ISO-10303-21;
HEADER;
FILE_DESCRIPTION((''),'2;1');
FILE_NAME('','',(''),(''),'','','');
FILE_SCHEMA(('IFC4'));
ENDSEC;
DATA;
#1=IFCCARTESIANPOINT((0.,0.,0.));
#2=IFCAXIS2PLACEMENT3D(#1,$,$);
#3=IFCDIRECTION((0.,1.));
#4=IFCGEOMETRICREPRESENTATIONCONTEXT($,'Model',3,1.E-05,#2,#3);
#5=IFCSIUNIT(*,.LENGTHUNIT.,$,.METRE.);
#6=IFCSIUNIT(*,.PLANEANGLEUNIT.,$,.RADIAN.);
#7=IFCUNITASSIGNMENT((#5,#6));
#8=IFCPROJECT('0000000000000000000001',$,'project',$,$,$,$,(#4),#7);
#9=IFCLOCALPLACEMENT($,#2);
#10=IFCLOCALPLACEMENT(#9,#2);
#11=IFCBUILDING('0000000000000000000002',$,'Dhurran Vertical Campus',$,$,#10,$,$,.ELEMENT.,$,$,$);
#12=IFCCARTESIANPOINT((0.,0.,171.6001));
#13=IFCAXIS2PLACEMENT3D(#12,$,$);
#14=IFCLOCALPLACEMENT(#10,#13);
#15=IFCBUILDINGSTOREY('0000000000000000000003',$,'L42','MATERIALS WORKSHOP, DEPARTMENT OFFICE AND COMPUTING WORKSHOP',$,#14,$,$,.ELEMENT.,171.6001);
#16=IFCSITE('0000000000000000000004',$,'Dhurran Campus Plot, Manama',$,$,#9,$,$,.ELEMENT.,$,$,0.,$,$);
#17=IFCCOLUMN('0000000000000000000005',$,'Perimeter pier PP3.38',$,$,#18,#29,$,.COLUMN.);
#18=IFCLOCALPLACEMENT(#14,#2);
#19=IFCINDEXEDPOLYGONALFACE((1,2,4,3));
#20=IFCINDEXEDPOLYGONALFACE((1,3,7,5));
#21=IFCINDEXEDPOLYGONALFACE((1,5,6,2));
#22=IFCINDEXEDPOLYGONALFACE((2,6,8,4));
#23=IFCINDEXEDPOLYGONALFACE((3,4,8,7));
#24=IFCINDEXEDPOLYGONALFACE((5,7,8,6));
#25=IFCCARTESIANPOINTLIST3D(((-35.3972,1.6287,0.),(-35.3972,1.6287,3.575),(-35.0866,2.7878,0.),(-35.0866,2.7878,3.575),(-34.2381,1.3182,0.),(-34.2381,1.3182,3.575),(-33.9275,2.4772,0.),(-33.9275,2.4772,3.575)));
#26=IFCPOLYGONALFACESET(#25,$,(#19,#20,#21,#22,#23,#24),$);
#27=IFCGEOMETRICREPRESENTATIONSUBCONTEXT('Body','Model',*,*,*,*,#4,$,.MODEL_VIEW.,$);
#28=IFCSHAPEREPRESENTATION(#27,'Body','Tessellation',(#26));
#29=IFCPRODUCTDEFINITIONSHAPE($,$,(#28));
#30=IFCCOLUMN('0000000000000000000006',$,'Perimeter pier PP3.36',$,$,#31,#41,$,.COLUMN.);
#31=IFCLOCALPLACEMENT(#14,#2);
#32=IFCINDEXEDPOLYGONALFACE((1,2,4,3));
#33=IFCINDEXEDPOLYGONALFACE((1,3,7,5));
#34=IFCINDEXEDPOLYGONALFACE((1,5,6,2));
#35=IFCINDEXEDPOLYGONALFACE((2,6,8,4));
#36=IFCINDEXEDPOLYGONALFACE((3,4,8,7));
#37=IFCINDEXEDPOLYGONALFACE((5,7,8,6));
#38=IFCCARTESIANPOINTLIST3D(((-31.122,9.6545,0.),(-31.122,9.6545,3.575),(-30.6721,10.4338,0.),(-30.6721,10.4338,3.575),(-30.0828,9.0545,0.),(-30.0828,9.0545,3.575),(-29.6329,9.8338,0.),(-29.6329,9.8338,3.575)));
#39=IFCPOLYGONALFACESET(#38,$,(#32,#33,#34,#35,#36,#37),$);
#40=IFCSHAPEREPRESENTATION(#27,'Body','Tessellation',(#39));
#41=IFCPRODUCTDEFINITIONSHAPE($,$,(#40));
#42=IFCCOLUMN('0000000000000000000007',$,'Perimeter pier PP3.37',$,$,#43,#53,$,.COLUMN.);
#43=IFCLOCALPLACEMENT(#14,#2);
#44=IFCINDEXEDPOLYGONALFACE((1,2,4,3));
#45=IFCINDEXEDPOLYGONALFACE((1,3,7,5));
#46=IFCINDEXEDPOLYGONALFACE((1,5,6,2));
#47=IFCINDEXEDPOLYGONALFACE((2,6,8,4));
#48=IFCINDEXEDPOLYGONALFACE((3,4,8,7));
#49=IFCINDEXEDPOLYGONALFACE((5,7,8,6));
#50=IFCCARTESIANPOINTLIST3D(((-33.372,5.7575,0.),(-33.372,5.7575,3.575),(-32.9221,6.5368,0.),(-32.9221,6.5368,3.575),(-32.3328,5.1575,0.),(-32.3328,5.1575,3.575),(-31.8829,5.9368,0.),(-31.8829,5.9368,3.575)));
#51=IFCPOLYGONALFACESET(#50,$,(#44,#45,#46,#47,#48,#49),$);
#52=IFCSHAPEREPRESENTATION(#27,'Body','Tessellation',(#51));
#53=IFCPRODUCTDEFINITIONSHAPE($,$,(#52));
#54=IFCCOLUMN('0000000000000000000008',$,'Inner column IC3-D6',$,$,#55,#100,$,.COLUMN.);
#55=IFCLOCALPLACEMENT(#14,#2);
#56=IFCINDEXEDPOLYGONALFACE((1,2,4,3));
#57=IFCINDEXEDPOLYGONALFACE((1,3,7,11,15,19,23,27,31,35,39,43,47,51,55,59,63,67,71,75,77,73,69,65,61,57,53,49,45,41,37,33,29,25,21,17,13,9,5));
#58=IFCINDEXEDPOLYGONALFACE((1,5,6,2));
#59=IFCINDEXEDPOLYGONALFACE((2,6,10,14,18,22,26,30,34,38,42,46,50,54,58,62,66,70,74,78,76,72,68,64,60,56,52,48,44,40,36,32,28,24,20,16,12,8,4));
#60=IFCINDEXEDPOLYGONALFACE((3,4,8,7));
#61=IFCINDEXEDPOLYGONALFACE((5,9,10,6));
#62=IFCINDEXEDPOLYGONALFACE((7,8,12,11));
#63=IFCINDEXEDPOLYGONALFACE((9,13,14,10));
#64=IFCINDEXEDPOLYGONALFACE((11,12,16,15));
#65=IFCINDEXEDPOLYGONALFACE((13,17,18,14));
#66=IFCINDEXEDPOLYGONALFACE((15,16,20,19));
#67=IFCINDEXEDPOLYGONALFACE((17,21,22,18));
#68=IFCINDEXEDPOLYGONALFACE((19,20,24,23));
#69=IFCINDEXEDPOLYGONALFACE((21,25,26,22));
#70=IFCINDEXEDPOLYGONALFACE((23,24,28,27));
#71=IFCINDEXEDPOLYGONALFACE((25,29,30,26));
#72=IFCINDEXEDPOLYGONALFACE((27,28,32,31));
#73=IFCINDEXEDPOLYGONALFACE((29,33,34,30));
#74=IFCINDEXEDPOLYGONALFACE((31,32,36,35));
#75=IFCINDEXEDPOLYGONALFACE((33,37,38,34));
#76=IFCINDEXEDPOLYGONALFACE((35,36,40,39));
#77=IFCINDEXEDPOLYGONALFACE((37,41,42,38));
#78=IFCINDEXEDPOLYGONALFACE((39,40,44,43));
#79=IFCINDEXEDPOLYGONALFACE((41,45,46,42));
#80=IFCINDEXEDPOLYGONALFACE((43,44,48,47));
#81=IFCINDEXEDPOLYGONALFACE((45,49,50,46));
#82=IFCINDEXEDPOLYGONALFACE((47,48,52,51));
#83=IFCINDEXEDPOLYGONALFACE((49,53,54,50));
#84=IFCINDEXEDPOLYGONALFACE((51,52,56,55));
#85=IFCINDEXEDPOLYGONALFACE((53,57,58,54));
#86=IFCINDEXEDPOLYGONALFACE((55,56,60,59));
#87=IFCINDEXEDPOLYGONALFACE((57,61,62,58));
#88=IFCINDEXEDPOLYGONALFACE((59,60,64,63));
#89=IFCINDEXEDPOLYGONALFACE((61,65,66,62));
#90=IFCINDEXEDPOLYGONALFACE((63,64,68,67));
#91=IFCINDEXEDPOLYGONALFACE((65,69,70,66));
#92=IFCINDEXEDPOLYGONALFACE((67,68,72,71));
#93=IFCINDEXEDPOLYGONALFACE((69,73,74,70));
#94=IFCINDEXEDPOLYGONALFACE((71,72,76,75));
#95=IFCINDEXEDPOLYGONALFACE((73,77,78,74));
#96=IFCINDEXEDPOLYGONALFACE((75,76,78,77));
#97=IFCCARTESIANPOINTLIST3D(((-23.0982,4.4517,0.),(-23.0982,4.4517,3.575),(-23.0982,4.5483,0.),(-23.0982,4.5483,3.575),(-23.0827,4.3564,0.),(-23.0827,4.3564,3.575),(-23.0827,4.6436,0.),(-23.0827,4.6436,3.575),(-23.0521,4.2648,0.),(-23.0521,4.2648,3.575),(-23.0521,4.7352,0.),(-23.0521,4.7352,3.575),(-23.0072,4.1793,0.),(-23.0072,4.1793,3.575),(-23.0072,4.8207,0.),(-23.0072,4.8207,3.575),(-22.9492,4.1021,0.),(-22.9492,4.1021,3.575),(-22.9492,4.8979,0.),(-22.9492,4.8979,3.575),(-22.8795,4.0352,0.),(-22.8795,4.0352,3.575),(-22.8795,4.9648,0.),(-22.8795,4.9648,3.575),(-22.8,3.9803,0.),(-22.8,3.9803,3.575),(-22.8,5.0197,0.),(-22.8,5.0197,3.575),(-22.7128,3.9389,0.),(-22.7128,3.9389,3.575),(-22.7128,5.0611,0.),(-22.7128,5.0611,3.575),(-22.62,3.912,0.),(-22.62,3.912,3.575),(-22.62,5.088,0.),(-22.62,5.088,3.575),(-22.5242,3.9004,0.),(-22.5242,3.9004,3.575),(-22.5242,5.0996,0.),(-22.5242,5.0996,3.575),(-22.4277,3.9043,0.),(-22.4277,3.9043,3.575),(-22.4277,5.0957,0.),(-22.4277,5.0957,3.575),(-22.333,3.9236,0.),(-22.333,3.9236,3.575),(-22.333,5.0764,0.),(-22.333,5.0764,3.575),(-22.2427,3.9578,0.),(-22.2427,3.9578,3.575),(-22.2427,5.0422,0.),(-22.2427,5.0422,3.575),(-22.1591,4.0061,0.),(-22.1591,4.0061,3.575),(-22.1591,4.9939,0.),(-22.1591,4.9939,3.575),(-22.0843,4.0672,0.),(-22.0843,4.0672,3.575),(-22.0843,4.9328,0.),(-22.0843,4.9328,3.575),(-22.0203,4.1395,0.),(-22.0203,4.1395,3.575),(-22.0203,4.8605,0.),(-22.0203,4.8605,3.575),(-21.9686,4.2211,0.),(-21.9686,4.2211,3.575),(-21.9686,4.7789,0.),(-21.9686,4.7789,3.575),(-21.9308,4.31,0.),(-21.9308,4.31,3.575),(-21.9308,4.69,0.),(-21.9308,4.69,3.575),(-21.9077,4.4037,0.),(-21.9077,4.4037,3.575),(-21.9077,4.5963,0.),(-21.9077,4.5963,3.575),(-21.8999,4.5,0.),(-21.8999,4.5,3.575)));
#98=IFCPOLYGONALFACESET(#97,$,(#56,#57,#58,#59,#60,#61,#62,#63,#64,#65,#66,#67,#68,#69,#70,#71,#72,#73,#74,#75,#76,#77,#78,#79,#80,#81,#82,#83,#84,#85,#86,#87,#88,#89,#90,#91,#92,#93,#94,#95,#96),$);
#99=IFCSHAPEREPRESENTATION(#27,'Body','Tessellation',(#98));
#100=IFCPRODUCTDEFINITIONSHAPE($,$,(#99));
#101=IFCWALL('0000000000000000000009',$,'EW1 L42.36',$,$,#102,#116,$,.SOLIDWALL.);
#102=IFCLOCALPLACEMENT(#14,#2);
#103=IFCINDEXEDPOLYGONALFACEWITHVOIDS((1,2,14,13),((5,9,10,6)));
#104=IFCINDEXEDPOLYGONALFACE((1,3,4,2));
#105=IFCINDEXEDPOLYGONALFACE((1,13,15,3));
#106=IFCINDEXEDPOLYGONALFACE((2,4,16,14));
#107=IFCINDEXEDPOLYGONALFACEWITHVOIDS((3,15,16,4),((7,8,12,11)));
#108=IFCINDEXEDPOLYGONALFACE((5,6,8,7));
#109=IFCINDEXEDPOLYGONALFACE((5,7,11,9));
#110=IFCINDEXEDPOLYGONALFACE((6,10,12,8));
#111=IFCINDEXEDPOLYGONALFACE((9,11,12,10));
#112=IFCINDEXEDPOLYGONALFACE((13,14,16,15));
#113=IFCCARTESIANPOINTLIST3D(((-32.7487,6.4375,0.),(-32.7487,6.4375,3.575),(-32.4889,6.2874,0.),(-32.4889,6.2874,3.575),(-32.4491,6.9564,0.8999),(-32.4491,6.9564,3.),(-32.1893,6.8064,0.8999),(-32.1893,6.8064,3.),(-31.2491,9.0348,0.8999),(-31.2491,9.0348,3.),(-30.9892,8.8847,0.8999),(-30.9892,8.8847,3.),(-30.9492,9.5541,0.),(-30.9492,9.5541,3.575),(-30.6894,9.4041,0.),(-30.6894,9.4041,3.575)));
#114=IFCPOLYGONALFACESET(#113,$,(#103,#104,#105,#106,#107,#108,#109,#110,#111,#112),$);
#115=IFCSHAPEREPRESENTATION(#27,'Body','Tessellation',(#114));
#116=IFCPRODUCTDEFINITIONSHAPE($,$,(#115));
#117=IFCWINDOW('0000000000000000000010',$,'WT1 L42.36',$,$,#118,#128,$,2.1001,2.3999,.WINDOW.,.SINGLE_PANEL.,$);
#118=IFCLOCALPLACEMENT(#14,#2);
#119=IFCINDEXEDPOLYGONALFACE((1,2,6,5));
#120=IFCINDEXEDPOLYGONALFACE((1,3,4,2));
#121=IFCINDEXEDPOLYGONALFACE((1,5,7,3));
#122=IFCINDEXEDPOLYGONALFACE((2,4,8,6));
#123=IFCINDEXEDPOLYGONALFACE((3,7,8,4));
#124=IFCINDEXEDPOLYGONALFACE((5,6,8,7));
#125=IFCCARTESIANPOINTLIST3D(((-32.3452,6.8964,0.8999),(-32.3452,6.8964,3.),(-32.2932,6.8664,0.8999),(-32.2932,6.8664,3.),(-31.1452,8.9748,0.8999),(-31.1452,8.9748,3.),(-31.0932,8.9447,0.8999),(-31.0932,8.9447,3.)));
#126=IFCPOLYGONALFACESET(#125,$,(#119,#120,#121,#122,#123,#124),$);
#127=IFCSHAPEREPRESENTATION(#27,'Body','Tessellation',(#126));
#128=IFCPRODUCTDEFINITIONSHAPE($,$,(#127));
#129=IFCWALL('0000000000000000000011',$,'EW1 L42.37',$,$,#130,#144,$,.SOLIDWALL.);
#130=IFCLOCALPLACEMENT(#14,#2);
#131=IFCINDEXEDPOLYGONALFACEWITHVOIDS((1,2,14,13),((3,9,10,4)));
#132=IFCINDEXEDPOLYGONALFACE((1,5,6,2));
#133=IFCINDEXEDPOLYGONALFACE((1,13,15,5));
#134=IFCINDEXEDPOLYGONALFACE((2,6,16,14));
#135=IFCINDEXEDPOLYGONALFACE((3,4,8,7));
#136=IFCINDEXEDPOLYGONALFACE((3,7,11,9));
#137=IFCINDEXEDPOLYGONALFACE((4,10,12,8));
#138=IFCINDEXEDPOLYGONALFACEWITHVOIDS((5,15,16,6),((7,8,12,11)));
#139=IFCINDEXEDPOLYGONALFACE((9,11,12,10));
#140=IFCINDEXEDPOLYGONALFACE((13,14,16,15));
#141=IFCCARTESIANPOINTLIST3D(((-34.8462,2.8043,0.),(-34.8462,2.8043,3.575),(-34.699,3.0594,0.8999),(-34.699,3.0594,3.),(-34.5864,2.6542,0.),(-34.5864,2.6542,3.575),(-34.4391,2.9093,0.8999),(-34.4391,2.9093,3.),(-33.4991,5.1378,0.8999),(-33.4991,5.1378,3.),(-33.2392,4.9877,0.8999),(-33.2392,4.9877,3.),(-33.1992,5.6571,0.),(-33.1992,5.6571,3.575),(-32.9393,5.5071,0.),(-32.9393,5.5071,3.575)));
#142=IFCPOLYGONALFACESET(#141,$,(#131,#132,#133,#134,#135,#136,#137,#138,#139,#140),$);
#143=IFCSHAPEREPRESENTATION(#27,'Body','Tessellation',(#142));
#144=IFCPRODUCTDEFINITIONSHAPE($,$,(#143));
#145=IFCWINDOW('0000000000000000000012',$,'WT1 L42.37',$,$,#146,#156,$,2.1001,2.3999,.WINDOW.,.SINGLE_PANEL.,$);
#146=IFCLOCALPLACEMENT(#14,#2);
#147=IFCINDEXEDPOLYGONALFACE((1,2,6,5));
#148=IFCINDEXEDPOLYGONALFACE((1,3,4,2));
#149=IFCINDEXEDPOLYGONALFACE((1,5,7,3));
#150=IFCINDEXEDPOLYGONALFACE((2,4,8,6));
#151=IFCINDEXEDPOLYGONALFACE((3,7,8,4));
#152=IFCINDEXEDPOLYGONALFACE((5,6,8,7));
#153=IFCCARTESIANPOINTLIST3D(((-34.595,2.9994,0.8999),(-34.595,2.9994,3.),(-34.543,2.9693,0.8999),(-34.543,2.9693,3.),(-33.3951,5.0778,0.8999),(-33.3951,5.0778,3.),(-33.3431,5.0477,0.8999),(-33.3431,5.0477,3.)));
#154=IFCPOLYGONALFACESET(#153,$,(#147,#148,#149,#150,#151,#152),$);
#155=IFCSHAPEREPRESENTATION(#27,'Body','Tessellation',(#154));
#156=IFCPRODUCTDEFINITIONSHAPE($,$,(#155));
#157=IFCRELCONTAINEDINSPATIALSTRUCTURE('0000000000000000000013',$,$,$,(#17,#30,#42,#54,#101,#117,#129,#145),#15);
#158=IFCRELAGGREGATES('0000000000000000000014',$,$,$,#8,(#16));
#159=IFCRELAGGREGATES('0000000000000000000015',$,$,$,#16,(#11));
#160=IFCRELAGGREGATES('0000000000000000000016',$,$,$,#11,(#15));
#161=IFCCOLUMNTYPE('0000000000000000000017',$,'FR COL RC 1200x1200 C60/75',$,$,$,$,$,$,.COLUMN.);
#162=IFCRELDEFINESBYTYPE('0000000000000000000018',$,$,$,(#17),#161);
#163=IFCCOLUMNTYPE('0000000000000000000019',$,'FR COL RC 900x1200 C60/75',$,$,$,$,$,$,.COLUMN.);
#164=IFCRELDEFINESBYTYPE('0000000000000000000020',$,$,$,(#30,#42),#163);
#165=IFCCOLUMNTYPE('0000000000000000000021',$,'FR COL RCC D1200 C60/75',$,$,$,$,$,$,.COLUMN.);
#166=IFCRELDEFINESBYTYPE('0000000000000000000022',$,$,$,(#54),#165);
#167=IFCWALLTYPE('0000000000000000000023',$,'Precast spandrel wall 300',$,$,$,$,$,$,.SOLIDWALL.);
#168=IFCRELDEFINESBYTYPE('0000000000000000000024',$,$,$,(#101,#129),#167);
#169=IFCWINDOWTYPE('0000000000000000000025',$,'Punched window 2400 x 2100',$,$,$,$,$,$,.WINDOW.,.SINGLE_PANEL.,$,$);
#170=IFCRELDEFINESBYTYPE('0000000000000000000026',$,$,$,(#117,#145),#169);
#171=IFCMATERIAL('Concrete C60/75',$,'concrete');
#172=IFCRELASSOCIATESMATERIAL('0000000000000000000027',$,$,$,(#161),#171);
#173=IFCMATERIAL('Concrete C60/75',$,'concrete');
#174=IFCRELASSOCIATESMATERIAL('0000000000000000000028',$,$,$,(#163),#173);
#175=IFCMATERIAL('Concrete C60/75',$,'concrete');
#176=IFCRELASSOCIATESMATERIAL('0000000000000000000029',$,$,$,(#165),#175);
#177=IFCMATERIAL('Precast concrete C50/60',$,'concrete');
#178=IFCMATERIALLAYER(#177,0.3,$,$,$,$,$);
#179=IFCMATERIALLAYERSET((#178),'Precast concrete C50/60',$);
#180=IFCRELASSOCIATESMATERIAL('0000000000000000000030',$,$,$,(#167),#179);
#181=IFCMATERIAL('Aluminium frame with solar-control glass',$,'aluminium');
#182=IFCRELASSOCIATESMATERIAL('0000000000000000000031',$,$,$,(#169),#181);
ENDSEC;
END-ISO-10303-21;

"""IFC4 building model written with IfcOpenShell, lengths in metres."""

from ifc_helpers import new_model, si_unit, direction, frame, frame_2d, origin, origin_2d, place, context, subcontext, project, spatial, rectangle, circle, extrude, material, layer, layer_set, material_profile, profile_set, type_object, element, fill, save


model = new_model("IFC4")

# Units and contexts
model_context = context("Model", 3, precision=1e-05, world=origin(), true_north=direction((0.0, 1.0)))
body_context = subcontext(model_context, "Body", "Model", "MODEL_VIEW")
ifc_project = project(units=[si_unit("LENGTHUNIT", "METRE"), si_unit("PLANEANGLEUNIT", "RADIAN")], contexts=[model_context])

# Site, building, storey
site_placement = place(None, origin())
site = spatial("IfcSite", under=ifc_project, at=site_placement, Name="Dhurran Campus Plot, Manama", CompositionType="ELEMENT", RefElevation=0.0)
building_placement = place(site_placement, origin())
building = spatial("IfcBuilding", under=site, at=building_placement, Name="Dhurran Vertical Campus", CompositionType="ELEMENT")
storey_placement = place(building_placement, frame((0.0, 0.0, 171.6001)))
storey = spatial("IfcBuildingStorey", under=building, at=storey_placement, Name="L42", Description="MATERIALS WORKSHOP, DEPARTMENT OFFICE AND COMPUTING WORKSHOP", CompositionType="ELEMENT", Elevation=171.6001)

# Columns
ifc_material_1 = material(Name="Concrete C60/75", Category="concrete")
ifc_material_profile_1 = material_profile(ifc_material_1, rectangle(XDim=1.2, YDim=1.2, at=origin_2d()), Name="RC 1200x1200")
ifc_profile_set_1 = profile_set([ifc_material_profile_1], Name="Concrete C60/75")
column_type_1 = type_object("IfcColumnType", Name="FR COL RC 1200x1200 C60/75", PredefinedType="COLUMN", material=ifc_profile_set_1)
column_1_placement = place(storey_placement, frame((-34.6624, 2.053, 0.0), z_axis=(0.0, 0.0, 1.0), x_axis=(-0.258819, -0.965926, 0.0)))
element("IfcColumn", 1, at=column_1_placement, inside=storey, type_object=column_type_1, Name="Perimeter pier PP3.38", PredefinedType="COLUMN", context=body_context, shape_type="SweptSolid", body=[
    extrude(rectangle(XDim=1.2, YDim=1.2, at=origin_2d()), origin(), (0.0, 0.0, 1.0), 3.575),
])
ifc_material_2 = material(Name="Concrete C60/75", Category="concrete")
ifc_material_profile_2 = material_profile(ifc_material_2, rectangle(XDim=0.8999, YDim=1.2, at=origin_2d()), Name="RC 900x1200")
ifc_profile_set_2 = profile_set([ifc_material_profile_2], Name="Concrete C60/75")
column_type_2 = type_object("IfcColumnType", Name="FR COL RC 900x1200 C60/75", PredefinedType="COLUMN", material=ifc_profile_set_2)
for number, where, z_axis, x_axis, name in (
    (2, (-30.3774, 9.7441, 0.0), (0.0, 0.0, 1.0), (-0.5, -0.866025, 0.0), "Perimeter pier PP3.36"),
    (3, (-32.6274, 5.8472, 0.0), (0.0, 0.0, 1.0), (-0.5, -0.866025, 0.0), "Perimeter pier PP3.37"),
):
    element("IfcColumn", number, at=place(storey_placement, frame(where, z_axis=z_axis, x_axis=x_axis)), inside=storey, type_object=column_type_2, Name=name, PredefinedType="COLUMN", context=body_context, shape_type="SweptSolid", body=[
        extrude(rectangle(XDim=0.8999, YDim=1.2, at=origin_2d()), origin(), (0.0, 0.0, 1.0), 3.575),
    ])
ifc_material_3 = material(Name="Concrete C60/75", Category="concrete")
ifc_material_profile_3 = material_profile(ifc_material_3, circle(Radius=0.6001, at=origin_2d()), Name="RCC D1200")
ifc_profile_set_3 = profile_set([ifc_material_profile_3], Name="Concrete C60/75")
column_type_3 = type_object("IfcColumnType", Name="FR COL RCC D1200 C60/75", PredefinedType="COLUMN", material=ifc_profile_set_3)
column_2_placement = place(storey_placement, frame((-22.5, 4.5, 0.0), z_axis=(0.0, 0.0, 1.0), x_axis=(1.0, 0.0, 0.0)))
element("IfcColumn", 4, at=column_2_placement, inside=storey, type_object=column_type_3, Name="Inner column IC3-D6", PredefinedType="COLUMN", context=body_context, shape_type="SweptSolid", body=[
    extrude(circle(Radius=0.6001, at=origin_2d()), origin(), (0.0, 0.0, 1.0), 3.575),
])

# Walls, openings, windows
ifc_material_4 = material(Name="Precast concrete C50/60", Category="concrete")
ifc_layer_1 = layer(ifc_material_4, 0.3)
ifc_layer_set_1 = layer_set([ifc_layer_1], Name="Precast concrete C50/60")
wall_type_1 = type_object("IfcWallType", Name="Precast spandrel wall 300", PredefinedType="SOLIDWALL", material=ifc_layer_set_1)
wall_1_placement = place(storey_placement, frame((-30.8193, 9.479, 0.0), z_axis=(0.0, 0.0, 1.0), x_axis=(-0.500028, -0.866009, 0.0)))
wall_1 = element("IfcWall", 5, at=wall_1_placement, inside=storey, type_object=wall_type_1, Name="EW1 L42.36", PredefinedType="SOLIDWALL", context=body_context, shape_type="SweptSolid", body=[
    extrude(rectangle(XDim=3.5989, YDim=0.3, at=frame_2d((1.7993, 0.0))), origin(), (0.0, 0.0, 1.0), 3.575),
])
opening_1_placement = place(wall_1_placement, frame((0.5996, 0.0, 0.8999)))
opening_1 = element("IfcOpeningElement", 6, at=opening_1_placement, cuts=wall_1, PredefinedType="OPENING", context=body_context, shape_type="SweptSolid", body=[
    extrude(rectangle(XDim=2.3999, YDim=2.1001, at=frame_2d((1.2, 1.05))), frame((0.0, 0.1599, 0.0), z_axis=(0.0, -1.0, 0.0), x_axis=(1.0, 0.0, 0.0)), (0.0, 0.0, 1.0), 0.3201),
])
ifc_material_5 = material(Name="Aluminium frame with solar-control glass", Category="aluminium")
window_type = type_object("IfcWindowType", Name="Punched window 2400 x 2100", PartitioningType="SINGLE_PANEL", PredefinedType="WINDOW", material=ifc_material_5)
window_1_placement = place(opening_1_placement, origin())
window_1 = element("IfcWindow", 7, at=window_1_placement, inside=storey, type_object=window_type, Name="WT1 L42.36", OverallHeight=2.1001, OverallWidth=2.3999, PartitioningType="SINGLE_PANEL", PredefinedType="WINDOW", context=body_context, shape_type="SweptSolid", body=[
    extrude(rectangle(XDim=2.3999, YDim=2.1001, at=frame_2d((1.2, 1.05))), frame((0.0, 0.03, 0.0), z_axis=(0.0, -1.0, 0.0), x_axis=(1.0, 0.0, 0.0)), (0.0, 0.0, 1.0), 0.0601),
])
fill(opening_1, window_1)
wall_2_placement = place(storey_placement, frame((-33.0693, 5.582, 0.0), z_axis=(0.0, 0.0, 1.0), x_axis=(-0.499981, -0.866036, 0.0)))
wall_2 = element("IfcWall", 8, at=wall_2_placement, inside=storey, type_object=wall_type_1, Name="EW1 L42.37", PredefinedType="SOLIDWALL", context=body_context, shape_type="SweptSolid", body=[
    extrude(rectangle(XDim=3.2942, YDim=0.3, at=frame_2d((1.647, 0.0))), origin(), (0.0, 0.0, 1.0), 3.575),
])
opening_2_placement = place(wall_2_placement, frame((0.5996, 0.0, 0.8999)))
opening_2 = element("IfcOpeningElement", 9, at=opening_2_placement, cuts=wall_2, PredefinedType="OPENING", context=body_context, shape_type="SweptSolid", body=[
    extrude(rectangle(XDim=2.3999, YDim=2.1001, at=frame_2d((1.2, 1.05))), frame((0.0, 0.1599, 0.0), z_axis=(0.0, -1.0, 0.0), x_axis=(1.0, 0.0, 0.0)), (0.0, 0.0, 1.0), 0.3201),
])
window_2_placement = place(opening_2_placement, origin())
window_2 = element("IfcWindow", 10, at=window_2_placement, inside=storey, type_object=window_type, Name="WT1 L42.37", OverallHeight=2.1001, OverallWidth=2.3999, PartitioningType="SINGLE_PANEL", PredefinedType="WINDOW", context=body_context, shape_type="SweptSolid", body=[
    extrude(rectangle(XDim=2.3999, YDim=2.1001, at=frame_2d((1.2, 1.05))), frame((0.0, 0.03, 0.0), z_axis=(0.0, -1.0, 0.0), x_axis=(1.0, 0.0, 0.0)), (0.0, 0.0, 1.0), 0.0601),
])
fill(opening_2, window_2)

save(model, "model.ifc")
